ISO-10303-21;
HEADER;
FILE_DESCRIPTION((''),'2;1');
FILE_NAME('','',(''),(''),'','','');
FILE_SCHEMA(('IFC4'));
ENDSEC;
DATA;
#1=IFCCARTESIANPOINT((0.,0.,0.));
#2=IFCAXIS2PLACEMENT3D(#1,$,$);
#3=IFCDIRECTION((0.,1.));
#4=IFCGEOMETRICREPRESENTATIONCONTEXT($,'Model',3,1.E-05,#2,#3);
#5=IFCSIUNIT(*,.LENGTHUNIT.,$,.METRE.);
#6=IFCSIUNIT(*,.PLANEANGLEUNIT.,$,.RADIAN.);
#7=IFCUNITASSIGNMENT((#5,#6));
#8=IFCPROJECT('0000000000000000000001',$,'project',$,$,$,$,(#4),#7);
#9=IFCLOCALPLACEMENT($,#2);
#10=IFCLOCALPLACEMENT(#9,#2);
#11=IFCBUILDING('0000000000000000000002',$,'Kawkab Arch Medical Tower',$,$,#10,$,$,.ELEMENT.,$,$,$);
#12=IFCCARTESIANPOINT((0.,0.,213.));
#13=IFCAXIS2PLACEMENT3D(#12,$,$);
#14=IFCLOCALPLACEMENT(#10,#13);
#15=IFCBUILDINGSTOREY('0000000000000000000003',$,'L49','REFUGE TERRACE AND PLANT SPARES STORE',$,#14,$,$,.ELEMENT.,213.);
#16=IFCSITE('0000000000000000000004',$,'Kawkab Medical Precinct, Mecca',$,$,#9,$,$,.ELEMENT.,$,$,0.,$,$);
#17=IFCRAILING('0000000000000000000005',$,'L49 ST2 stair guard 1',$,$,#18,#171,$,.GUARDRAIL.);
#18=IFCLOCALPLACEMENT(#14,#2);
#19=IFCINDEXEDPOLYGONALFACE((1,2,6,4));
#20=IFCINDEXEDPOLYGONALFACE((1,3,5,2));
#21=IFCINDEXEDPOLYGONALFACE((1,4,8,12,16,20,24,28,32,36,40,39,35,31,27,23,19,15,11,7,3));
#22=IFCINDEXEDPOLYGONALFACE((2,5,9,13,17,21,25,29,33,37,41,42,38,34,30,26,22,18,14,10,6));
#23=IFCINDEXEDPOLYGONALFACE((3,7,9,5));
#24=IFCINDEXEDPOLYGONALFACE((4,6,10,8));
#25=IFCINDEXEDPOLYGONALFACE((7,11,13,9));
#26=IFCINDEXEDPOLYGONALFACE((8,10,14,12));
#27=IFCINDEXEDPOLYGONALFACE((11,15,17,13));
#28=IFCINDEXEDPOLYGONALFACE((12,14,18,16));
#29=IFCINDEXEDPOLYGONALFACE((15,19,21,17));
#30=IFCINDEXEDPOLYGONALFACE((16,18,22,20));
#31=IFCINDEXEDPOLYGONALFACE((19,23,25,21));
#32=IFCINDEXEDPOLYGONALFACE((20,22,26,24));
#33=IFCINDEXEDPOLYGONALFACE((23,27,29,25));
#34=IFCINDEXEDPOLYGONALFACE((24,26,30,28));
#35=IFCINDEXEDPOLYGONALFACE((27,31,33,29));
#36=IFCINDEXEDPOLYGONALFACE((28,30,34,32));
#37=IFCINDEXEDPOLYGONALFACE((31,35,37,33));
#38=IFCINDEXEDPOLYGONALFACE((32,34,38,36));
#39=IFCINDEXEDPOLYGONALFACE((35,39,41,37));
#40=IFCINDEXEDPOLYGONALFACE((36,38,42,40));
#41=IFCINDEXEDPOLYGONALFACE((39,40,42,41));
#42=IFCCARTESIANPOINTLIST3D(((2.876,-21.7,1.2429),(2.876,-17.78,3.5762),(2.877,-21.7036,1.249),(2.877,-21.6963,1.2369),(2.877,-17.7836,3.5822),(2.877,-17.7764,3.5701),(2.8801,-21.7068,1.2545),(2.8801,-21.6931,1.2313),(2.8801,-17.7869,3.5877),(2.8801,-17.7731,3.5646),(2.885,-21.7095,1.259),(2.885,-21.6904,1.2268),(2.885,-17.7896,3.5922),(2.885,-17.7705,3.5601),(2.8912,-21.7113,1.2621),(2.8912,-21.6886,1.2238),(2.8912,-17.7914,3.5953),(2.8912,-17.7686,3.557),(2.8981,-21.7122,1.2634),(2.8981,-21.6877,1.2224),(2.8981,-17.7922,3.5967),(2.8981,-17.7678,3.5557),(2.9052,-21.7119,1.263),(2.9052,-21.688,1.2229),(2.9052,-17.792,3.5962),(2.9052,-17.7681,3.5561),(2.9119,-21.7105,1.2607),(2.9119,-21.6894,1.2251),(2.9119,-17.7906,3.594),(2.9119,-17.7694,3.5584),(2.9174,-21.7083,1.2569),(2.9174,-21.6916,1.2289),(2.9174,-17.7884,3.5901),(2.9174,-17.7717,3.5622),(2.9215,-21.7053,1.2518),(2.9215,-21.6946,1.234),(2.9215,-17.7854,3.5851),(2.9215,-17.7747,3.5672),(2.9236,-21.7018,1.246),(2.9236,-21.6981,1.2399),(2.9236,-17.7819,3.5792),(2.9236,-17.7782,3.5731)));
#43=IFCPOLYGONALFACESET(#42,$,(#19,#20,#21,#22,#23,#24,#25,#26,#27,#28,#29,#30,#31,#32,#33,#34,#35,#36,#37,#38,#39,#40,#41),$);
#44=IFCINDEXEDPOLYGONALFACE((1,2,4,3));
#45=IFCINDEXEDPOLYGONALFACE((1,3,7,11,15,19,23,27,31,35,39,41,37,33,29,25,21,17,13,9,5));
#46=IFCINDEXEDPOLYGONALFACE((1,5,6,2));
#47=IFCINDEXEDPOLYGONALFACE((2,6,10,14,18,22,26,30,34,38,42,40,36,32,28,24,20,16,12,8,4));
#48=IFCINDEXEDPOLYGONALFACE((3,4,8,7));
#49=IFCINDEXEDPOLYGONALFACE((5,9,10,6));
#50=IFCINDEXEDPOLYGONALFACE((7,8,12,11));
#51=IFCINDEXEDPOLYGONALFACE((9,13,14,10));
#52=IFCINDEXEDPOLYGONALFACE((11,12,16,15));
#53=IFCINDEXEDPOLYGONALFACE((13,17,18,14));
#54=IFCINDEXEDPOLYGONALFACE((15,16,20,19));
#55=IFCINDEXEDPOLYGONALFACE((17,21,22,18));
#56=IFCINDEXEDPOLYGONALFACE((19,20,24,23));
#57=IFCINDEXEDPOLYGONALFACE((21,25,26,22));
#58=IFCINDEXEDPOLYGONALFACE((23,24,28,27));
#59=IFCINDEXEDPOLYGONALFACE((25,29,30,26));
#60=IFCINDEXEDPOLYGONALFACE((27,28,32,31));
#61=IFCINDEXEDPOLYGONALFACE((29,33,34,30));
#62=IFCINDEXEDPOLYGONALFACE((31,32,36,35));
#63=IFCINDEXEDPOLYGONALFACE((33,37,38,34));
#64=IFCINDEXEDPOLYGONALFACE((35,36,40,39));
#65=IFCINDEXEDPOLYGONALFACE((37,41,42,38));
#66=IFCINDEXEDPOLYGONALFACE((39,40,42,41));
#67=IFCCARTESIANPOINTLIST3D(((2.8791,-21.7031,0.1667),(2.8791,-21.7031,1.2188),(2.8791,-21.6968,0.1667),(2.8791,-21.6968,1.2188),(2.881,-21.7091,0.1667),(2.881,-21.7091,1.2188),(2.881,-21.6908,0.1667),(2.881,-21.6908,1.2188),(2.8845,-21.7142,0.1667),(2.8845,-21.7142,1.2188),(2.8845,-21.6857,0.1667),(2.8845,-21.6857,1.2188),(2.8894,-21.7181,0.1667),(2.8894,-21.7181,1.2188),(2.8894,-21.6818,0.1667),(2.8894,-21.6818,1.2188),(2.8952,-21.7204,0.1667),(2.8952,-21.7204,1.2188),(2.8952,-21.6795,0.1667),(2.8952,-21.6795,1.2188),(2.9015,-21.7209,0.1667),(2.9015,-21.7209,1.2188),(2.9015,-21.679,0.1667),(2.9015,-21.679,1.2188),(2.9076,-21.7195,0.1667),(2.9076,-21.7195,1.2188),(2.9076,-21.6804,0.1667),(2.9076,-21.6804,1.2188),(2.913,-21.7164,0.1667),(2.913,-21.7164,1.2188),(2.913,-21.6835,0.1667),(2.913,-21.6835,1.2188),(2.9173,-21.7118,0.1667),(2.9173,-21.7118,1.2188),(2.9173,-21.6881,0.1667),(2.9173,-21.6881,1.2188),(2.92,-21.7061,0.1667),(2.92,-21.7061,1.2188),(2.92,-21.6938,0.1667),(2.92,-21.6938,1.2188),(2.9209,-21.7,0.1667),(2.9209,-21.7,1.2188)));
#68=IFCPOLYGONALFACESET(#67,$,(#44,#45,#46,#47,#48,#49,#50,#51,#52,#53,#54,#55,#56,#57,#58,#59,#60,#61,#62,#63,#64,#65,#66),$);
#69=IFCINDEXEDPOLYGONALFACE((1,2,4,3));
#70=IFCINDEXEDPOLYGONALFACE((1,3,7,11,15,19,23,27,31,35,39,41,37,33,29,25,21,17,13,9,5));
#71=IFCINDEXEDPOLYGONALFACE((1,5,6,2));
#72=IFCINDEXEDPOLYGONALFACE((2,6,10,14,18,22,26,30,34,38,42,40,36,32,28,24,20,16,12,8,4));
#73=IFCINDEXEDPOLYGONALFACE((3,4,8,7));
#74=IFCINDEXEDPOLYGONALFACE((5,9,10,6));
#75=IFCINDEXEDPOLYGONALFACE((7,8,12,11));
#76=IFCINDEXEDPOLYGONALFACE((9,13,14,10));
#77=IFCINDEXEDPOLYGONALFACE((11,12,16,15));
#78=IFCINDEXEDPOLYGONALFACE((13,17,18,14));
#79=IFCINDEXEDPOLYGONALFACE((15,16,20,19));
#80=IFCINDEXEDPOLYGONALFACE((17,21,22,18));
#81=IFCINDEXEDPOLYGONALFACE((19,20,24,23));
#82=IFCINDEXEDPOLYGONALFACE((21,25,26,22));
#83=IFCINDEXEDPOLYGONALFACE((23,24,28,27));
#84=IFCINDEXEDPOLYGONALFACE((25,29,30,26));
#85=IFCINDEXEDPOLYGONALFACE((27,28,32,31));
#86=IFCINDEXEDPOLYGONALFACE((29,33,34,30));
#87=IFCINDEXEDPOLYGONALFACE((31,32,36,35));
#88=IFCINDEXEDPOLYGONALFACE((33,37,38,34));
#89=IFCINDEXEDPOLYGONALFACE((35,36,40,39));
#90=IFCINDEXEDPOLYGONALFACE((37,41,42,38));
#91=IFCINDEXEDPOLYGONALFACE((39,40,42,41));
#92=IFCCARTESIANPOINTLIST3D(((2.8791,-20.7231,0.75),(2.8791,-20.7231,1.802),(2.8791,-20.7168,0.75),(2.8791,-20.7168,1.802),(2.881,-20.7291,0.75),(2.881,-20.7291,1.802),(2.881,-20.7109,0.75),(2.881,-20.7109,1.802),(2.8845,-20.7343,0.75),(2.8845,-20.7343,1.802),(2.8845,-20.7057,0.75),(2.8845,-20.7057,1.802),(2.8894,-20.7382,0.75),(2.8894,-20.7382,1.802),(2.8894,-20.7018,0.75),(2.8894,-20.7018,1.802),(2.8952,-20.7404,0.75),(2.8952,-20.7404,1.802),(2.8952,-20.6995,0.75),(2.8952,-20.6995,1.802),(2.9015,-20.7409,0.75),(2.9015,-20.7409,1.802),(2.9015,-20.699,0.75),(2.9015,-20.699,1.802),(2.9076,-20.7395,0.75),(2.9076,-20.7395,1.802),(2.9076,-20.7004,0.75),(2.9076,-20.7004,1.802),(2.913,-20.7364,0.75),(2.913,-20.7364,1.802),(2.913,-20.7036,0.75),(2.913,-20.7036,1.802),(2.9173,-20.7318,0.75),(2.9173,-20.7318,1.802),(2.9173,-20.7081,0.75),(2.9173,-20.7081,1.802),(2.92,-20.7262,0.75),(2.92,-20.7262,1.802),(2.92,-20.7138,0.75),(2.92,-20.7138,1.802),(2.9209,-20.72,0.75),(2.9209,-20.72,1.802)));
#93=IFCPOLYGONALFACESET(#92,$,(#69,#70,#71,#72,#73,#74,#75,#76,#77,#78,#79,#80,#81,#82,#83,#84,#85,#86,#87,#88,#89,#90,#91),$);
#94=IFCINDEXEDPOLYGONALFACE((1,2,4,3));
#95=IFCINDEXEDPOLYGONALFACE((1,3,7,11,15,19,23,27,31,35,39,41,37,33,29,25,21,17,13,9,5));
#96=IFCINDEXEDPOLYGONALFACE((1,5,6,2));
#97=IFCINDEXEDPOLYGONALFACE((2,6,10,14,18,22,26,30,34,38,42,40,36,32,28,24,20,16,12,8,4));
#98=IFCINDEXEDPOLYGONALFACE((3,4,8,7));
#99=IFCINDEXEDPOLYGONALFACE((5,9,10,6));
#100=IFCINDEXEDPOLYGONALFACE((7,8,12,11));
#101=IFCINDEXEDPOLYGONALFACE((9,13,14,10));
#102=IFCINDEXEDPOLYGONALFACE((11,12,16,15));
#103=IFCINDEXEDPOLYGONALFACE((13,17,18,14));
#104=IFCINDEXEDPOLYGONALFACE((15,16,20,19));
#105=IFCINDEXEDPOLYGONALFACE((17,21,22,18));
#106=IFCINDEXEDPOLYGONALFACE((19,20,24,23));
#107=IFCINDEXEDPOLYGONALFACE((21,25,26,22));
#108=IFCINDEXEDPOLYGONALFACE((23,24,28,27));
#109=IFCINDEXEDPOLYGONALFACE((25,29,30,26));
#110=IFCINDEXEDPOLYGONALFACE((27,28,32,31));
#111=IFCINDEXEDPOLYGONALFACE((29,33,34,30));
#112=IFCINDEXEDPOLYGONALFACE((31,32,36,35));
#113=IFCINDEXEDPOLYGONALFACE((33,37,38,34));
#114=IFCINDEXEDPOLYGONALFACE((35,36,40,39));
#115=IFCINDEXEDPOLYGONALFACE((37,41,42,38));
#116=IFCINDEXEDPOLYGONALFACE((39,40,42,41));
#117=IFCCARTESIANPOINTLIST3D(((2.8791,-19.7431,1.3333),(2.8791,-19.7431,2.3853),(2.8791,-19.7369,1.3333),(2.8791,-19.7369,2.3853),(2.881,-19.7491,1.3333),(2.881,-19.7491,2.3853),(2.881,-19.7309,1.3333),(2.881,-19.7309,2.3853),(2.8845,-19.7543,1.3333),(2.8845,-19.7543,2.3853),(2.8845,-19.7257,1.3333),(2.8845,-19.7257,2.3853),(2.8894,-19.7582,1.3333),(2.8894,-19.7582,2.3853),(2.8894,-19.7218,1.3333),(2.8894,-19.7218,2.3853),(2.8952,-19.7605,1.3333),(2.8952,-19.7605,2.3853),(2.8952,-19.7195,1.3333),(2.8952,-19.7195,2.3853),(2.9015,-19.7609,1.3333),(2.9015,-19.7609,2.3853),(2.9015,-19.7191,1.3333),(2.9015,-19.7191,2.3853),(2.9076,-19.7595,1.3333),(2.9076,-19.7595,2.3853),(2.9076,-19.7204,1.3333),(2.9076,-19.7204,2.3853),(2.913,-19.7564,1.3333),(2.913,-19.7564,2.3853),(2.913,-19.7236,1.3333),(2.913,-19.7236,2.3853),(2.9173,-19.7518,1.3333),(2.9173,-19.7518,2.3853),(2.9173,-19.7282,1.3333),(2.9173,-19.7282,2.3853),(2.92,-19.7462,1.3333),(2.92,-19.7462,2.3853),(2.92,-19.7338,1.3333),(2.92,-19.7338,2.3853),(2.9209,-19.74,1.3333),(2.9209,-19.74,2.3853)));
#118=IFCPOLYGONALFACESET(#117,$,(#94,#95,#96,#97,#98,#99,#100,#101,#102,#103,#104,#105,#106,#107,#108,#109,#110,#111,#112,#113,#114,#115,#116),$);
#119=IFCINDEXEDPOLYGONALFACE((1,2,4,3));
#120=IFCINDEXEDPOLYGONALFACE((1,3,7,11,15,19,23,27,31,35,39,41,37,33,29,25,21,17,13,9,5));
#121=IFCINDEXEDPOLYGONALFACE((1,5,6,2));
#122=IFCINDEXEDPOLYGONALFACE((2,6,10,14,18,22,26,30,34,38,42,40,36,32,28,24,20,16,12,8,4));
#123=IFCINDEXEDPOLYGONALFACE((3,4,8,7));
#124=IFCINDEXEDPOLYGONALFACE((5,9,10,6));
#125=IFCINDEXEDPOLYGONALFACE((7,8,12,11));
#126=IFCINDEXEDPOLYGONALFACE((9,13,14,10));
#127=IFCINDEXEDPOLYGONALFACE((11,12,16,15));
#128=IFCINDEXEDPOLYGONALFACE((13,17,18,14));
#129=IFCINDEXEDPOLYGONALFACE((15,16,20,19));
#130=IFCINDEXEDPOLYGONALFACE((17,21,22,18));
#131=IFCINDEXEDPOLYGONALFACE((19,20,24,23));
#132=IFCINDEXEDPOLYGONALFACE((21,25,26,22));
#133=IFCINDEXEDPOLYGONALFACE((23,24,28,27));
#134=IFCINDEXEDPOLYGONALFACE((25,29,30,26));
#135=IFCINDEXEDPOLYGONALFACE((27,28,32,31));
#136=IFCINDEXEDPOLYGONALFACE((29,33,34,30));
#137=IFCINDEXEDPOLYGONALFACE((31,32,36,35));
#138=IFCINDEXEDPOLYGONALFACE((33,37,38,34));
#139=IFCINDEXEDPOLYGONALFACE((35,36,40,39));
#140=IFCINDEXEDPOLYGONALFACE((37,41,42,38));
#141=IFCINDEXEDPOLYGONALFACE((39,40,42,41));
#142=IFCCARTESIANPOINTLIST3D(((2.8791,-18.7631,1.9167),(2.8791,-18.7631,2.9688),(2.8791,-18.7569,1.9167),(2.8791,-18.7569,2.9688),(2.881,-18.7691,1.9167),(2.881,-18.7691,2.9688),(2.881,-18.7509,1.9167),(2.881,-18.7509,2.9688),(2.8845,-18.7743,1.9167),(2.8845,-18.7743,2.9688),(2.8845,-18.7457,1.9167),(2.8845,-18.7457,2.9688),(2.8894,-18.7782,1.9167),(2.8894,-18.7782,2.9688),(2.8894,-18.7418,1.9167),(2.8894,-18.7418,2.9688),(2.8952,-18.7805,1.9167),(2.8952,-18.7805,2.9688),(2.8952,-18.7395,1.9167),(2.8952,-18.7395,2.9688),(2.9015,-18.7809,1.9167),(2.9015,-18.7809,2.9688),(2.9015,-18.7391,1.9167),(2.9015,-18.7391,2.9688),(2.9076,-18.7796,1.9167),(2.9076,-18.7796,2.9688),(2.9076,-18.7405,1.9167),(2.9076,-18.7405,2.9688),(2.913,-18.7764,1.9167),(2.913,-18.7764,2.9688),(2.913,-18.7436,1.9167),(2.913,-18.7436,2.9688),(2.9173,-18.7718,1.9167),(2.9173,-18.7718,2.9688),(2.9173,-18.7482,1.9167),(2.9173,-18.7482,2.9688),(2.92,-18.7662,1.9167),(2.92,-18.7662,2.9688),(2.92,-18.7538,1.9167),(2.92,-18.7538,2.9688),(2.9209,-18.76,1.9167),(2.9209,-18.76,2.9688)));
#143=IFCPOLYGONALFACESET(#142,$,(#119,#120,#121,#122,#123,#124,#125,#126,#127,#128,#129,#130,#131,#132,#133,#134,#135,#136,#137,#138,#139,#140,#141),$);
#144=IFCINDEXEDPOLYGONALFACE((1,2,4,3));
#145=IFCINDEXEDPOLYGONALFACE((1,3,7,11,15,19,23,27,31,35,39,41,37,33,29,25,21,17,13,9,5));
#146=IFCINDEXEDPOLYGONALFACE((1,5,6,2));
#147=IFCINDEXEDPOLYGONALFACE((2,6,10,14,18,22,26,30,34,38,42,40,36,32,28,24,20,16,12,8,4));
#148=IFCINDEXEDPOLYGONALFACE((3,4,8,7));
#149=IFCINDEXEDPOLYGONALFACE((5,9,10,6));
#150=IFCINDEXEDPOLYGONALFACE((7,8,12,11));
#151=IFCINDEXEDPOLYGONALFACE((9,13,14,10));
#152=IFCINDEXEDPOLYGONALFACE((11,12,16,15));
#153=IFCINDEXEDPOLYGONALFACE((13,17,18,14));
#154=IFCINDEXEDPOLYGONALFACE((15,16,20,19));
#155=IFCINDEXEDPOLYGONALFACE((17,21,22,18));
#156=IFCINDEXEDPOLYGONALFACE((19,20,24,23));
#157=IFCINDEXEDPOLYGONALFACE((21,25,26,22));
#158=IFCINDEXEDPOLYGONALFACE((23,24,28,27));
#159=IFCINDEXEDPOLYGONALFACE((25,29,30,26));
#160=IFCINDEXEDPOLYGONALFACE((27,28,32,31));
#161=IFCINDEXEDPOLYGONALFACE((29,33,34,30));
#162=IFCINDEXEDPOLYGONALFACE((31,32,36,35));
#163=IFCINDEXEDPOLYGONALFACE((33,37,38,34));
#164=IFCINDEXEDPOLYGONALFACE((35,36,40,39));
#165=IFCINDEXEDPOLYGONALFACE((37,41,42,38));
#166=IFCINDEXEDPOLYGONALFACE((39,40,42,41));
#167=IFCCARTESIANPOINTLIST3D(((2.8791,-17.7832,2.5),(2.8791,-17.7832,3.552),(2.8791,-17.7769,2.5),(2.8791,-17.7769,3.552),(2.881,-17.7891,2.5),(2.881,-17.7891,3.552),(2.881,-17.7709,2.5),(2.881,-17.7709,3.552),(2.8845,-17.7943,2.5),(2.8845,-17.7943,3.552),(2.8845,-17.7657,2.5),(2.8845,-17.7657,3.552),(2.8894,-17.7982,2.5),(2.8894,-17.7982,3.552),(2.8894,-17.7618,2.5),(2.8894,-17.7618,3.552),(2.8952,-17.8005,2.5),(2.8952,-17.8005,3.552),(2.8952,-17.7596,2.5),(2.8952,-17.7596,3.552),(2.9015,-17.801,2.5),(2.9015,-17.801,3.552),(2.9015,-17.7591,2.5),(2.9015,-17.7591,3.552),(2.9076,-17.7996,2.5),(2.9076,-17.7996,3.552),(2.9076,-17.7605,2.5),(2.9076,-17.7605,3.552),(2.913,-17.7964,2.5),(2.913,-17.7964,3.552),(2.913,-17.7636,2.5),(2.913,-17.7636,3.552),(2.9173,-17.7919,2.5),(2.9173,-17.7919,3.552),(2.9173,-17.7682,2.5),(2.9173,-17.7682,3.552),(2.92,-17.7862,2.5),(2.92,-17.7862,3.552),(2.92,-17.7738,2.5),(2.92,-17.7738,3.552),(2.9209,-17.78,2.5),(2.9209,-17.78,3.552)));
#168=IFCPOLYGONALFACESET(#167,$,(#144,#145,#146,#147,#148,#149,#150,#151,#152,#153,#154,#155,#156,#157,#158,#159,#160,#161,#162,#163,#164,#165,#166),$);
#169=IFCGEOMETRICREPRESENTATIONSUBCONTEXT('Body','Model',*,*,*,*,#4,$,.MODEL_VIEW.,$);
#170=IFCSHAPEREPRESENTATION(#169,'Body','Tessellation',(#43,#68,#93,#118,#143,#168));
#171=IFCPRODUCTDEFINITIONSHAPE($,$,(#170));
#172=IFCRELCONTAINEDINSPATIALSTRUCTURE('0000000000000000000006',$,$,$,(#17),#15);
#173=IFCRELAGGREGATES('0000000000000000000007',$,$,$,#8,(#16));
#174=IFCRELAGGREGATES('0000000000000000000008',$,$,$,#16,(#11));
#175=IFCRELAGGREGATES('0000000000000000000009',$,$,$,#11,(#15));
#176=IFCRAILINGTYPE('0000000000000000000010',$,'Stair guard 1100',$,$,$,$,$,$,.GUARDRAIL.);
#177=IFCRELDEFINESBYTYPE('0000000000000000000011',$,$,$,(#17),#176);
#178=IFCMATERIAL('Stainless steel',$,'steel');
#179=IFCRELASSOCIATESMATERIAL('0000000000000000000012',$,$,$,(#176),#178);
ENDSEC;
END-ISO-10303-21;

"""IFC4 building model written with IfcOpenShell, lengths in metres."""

from ifc_helpers import new_model, si_unit, direction, frame, origin, origin_2d, place, context, subcontext, project, spatial, circle, extrude, material, type_object, element, save


model = new_model("IFC4")

# Units and contexts
model_context = context("Model", 3, precision=1e-05, world=origin(), true_north=direction((0.0, 1.0)))
body_context = subcontext(model_context, "Body", "Model", "MODEL_VIEW")
ifc_project = project(units=[si_unit("LENGTHUNIT", "METRE"), si_unit("PLANEANGLEUNIT", "RADIAN")], contexts=[model_context])

# Site, building, storey
site_placement = place(None, origin())
site = spatial("IfcSite", under=ifc_project, at=site_placement, Name="Kawkab Medical Precinct, Mecca", CompositionType="ELEMENT", RefElevation=0.0)
building_placement = place(site_placement, origin())
building = spatial("IfcBuilding", under=site, at=building_placement, Name="Kawkab Arch Medical Tower", CompositionType="ELEMENT")
storey_placement = place(building_placement, frame((0.0, 0.0, 213.0)))
storey = spatial("IfcBuildingStorey", under=building, at=storey_placement, Name="L49", Description="REFUGE TERRACE AND PLANT SPARES STORE", CompositionType="ELEMENT", Elevation=213.0)

# Railing
ifc_material_1 = material(Name="Stainless steel", Category="steel")
railing_type = type_object("IfcRailingType", Name="Stair guard 1100", PredefinedType="GUARDRAIL", material=ifc_material_1)
railing_1_placement = place(storey_placement, frame((2.8999, -21.7, 0.1667)))
element("IfcRailing", 1, at=railing_1_placement, inside=storey, type_object=railing_type, Name="L49 ST2 stair guard 1", PredefinedType="GUARDRAIL", context=body_context, shape_type="SweptSolid", body=[
    extrude(circle(Radius=0.0239, at=origin_2d()), frame((0.0, 0.0, 1.0762), z_axis=(0.0, 0.859296, 0.511478), x_axis=(-1.0, 0.0, 0.0)), (0.0, 0.0, 1.0), 4.5618),
    extrude(circle(Radius=0.021, at=origin_2d()), origin(), (0.0, 0.0, 1.0), 1.052),
    extrude(circle(Radius=0.021, at=origin_2d()), frame((0.0, 0.98, 0.5833)), (0.0, 0.0, 1.0), 1.052),
    extrude(circle(Radius=0.021, at=origin_2d()), frame((0.0, 1.96, 1.1665)), (0.0, 0.0, 1.0), 1.052),
    extrude(circle(Radius=0.021, at=origin_2d()), frame((0.0, 2.9399, 1.75)), (0.0, 0.0, 1.0), 1.052),
    extrude(circle(Radius=0.021, at=origin_2d()), frame((0.0, 3.9199, 2.3333)), (0.0, 0.0, 1.0), 1.052),
])

save(model, "model.ifc")
